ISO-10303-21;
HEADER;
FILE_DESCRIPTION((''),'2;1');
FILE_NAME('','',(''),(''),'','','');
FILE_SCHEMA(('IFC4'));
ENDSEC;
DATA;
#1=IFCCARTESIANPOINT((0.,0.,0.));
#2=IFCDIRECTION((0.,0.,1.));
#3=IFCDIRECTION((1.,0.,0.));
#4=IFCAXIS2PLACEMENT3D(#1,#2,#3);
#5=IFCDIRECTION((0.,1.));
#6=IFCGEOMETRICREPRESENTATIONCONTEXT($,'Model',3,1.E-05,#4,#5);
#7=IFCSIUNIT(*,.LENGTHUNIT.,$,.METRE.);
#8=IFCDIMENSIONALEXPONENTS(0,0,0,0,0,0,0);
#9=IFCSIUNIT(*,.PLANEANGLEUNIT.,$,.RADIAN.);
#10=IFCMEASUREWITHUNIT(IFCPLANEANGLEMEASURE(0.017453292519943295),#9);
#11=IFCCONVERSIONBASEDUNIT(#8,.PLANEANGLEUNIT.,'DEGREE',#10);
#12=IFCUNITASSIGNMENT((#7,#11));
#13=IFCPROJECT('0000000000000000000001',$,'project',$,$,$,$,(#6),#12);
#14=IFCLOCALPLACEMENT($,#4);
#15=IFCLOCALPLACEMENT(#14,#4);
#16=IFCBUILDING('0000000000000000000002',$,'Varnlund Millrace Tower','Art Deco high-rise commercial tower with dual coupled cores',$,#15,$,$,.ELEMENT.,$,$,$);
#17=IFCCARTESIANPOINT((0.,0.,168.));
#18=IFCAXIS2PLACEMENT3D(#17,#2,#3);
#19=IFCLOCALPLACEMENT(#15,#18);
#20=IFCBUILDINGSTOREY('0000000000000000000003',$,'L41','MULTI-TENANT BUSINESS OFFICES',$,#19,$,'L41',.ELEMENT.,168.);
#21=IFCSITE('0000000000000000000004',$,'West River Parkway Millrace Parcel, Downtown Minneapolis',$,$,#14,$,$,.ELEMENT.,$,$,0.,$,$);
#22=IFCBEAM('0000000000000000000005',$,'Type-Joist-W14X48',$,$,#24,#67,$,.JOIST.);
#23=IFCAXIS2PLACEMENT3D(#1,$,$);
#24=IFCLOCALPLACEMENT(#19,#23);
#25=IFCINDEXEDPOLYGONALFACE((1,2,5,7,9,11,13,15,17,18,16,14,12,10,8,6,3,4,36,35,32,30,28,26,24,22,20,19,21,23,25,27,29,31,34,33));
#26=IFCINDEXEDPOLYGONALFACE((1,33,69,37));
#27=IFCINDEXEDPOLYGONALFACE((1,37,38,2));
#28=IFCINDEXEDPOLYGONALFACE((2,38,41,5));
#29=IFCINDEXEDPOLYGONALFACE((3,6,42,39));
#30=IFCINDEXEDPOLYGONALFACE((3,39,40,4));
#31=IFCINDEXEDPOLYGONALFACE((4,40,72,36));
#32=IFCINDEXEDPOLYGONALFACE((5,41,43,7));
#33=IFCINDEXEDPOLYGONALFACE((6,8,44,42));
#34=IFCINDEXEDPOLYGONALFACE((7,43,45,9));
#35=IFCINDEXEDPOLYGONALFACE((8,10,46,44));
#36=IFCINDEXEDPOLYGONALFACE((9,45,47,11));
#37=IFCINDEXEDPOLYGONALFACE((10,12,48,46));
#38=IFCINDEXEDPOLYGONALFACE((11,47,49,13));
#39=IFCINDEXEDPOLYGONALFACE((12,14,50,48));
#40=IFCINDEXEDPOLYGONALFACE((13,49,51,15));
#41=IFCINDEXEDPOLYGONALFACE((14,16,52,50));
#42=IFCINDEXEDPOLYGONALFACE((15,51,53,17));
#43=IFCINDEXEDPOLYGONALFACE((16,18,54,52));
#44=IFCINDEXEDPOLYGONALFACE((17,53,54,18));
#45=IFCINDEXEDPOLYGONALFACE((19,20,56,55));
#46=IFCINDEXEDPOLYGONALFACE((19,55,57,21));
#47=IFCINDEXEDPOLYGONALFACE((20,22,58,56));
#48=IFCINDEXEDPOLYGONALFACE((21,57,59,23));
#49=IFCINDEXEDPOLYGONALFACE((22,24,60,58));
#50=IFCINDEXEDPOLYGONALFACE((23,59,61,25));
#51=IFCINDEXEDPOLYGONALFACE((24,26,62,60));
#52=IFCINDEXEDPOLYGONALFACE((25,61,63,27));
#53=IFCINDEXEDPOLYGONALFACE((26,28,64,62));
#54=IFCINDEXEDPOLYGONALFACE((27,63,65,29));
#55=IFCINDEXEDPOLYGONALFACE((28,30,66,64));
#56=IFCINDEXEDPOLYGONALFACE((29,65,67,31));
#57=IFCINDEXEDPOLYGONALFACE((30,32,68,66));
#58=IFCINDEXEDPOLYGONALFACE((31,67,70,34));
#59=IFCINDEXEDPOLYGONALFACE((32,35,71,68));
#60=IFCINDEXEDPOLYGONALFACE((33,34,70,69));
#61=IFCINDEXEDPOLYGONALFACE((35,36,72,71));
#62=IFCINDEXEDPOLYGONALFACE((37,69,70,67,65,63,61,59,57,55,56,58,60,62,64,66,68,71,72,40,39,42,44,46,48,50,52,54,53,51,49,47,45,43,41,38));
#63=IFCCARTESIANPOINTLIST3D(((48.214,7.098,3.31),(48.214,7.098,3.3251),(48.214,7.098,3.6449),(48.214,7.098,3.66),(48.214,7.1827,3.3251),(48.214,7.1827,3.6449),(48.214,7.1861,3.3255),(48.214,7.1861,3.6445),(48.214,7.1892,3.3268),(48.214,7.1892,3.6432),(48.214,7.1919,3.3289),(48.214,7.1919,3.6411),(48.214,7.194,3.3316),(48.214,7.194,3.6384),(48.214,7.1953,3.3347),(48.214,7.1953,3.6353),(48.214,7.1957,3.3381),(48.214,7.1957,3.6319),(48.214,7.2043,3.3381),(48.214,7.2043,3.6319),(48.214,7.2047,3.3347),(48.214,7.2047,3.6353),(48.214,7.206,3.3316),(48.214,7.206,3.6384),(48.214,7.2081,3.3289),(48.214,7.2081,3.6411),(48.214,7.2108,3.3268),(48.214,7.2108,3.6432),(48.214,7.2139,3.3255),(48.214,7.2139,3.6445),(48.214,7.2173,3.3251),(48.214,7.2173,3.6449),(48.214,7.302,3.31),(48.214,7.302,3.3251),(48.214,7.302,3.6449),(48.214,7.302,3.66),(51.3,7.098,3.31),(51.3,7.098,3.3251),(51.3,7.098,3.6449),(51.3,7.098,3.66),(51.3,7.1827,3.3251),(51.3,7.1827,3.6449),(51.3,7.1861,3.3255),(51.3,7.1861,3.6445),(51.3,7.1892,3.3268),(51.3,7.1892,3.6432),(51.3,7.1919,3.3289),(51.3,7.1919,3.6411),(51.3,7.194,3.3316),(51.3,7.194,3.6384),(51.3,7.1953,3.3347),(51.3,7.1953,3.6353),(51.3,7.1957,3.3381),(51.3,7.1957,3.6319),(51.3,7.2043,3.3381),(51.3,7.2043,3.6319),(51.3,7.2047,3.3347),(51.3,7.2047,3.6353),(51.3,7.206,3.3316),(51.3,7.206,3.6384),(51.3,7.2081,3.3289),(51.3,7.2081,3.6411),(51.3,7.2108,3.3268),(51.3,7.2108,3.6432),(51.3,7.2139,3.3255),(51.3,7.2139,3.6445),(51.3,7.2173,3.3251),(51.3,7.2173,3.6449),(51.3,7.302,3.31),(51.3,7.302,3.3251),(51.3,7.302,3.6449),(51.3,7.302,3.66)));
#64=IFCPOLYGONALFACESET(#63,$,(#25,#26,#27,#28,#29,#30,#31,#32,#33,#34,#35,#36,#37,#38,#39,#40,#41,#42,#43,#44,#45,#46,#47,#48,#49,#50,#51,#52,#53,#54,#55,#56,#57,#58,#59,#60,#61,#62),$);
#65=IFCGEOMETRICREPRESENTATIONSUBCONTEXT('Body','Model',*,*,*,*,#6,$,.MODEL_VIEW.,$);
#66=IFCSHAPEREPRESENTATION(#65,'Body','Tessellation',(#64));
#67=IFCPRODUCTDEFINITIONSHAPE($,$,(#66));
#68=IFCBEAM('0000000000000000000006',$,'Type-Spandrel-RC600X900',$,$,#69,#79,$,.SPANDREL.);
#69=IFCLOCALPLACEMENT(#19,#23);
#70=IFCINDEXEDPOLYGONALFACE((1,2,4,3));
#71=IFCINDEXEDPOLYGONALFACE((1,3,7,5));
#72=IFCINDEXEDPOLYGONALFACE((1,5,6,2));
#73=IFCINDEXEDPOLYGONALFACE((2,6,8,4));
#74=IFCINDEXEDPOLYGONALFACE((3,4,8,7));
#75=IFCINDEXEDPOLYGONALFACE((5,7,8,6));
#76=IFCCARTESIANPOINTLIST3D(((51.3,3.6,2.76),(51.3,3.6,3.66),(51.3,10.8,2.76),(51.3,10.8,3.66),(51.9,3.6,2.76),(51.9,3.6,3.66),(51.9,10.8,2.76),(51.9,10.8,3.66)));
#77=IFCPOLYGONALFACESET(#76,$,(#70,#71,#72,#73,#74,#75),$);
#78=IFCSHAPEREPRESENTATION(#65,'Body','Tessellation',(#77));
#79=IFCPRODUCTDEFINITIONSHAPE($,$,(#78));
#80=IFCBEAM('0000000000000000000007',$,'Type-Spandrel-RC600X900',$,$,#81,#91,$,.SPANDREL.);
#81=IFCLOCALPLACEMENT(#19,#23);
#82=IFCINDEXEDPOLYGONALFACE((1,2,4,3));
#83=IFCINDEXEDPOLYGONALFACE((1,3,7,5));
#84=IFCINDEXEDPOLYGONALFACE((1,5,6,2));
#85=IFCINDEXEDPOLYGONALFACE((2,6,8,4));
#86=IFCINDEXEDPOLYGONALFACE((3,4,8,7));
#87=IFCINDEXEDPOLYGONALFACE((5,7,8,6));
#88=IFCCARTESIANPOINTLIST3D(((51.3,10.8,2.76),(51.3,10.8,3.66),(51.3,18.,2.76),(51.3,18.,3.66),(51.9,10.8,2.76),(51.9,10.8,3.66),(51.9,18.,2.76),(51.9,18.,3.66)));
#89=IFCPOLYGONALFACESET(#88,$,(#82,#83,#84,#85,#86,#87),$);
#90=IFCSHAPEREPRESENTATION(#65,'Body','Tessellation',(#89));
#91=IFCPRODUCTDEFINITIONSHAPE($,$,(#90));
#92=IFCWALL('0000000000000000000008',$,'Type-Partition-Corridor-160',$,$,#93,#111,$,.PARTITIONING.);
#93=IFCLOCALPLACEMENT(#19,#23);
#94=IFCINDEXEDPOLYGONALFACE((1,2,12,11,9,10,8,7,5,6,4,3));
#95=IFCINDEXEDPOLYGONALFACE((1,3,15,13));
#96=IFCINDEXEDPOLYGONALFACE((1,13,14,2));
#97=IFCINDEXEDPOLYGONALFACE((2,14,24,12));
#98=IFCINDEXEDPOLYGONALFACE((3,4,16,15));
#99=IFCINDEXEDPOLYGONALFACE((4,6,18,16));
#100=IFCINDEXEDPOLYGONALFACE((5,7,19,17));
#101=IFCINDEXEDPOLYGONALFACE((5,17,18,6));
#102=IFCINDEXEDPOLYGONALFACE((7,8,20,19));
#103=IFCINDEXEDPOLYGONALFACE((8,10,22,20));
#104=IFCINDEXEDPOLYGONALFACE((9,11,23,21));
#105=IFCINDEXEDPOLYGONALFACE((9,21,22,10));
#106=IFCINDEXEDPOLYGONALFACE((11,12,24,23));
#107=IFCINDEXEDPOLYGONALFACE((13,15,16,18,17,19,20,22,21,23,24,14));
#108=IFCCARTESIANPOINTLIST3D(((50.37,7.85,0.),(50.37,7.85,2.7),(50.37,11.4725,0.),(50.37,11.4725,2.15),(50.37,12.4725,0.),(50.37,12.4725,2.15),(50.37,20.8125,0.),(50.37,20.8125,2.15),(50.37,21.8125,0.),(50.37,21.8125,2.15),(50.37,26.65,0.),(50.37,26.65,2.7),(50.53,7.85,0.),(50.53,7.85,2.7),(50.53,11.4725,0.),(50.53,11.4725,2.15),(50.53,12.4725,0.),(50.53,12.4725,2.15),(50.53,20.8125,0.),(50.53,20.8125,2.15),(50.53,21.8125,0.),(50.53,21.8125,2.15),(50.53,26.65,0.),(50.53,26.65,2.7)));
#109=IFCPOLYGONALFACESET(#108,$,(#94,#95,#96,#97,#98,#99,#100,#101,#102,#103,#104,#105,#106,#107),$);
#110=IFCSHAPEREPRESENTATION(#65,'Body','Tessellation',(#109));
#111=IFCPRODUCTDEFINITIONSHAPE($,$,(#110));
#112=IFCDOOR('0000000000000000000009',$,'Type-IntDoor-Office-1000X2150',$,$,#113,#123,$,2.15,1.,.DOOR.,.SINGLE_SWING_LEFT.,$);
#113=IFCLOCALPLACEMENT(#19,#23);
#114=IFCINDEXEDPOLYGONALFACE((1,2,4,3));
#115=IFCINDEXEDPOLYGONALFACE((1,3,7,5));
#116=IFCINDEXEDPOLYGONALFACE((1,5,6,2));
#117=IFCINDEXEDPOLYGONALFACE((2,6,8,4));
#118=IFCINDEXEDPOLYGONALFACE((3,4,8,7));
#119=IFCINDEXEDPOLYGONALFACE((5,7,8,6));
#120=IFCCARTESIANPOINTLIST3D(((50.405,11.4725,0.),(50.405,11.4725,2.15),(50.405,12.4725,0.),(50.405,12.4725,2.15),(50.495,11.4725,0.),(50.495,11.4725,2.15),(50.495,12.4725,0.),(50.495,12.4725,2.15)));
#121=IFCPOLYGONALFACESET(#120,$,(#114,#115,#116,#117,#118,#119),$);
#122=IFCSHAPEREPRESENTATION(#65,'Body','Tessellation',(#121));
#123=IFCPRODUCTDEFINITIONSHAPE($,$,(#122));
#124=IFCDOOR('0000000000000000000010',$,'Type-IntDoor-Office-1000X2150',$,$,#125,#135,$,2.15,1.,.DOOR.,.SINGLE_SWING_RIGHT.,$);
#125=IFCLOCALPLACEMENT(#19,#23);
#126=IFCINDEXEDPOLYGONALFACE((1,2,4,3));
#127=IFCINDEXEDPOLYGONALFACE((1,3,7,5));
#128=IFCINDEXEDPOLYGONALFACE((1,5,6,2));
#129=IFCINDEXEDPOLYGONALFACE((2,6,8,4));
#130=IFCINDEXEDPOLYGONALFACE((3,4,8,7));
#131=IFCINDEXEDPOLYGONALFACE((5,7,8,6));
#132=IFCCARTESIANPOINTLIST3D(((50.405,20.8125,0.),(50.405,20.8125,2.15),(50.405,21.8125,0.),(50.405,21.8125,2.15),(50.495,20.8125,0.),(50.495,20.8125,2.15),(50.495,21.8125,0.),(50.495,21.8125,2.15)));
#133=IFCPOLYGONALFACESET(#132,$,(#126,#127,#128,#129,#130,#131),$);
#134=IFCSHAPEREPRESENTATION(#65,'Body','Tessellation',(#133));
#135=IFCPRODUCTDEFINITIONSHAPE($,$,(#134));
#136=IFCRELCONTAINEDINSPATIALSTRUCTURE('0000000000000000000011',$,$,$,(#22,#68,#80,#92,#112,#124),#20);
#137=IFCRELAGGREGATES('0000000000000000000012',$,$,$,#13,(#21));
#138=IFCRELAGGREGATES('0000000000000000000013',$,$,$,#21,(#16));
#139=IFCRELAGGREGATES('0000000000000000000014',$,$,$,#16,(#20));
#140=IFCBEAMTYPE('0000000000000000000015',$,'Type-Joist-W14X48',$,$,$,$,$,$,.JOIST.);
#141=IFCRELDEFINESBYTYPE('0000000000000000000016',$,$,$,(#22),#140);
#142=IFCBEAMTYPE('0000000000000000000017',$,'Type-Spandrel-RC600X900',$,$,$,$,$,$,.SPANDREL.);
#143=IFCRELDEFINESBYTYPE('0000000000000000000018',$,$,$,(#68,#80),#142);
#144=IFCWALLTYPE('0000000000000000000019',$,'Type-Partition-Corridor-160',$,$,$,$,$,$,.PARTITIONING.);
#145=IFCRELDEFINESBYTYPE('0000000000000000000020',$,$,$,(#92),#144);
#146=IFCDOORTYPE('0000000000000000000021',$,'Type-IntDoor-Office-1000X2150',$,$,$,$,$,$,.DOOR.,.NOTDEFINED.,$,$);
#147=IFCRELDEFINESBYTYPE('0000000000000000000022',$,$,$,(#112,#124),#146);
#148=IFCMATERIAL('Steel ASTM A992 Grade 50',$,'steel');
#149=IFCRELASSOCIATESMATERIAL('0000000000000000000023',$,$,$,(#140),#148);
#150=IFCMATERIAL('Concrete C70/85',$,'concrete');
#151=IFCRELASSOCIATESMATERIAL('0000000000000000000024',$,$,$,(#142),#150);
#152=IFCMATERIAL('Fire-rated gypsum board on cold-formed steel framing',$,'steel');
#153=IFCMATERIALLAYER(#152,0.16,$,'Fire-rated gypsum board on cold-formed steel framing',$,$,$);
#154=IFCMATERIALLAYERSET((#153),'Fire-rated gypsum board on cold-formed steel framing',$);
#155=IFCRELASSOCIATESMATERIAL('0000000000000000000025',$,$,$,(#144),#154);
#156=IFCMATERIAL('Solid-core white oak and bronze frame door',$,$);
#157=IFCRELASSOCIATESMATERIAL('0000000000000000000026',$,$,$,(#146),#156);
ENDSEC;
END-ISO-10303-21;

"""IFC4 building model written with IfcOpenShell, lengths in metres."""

from ifc_helpers import new_model, entity, si_unit, converted_unit, direction, frame, origin_with_axes, origin_2d_with_axis, place, context, subcontext, project, spatial, polyline, rectangle, i_section, outline, extrude, material, layer, layer_set, material_profile, profile_set, type_object, element, fill, save


model = new_model("IFC4")

# Units and contexts
model_context = context("Model", 3, precision=1e-05, world=origin_with_axes(), true_north=direction((0.0, 1.0)))
body_context = subcontext(model_context, "Body", "Model", "MODEL_VIEW")
ifc_project = project(units=[si_unit("LENGTHUNIT", "METRE"), converted_unit("PLANEANGLEUNIT", "DEGREE", entity("IfcPlaneAngleMeasure", 0.017453292519943295), si_unit("PLANEANGLEUNIT", "RADIAN"), dimensions=[0, 0, 0, 0, 0, 0, 0])], contexts=[model_context])

# Site, building, storey
site_placement = place(None, origin_with_axes())
site = spatial("IfcSite", under=ifc_project, at=site_placement, Name="West River Parkway Millrace Parcel, Downtown Minneapolis", CompositionType="ELEMENT", RefElevation=0.0)
building_placement = place(site_placement, origin_with_axes())
building = spatial("IfcBuilding", under=site, at=building_placement, Name="Varnlund Millrace Tower", Description="Art Deco high-rise commercial tower with dual coupled cores", CompositionType="ELEMENT")
storey_placement = place(building_placement, frame((0.0, 0.0, 168.0), z_axis=(0.0, 0.0, 1.0), x_axis=(1.0, 0.0, 0.0)))
storey = spatial("IfcBuildingStorey", under=building, at=storey_placement, Name="L41", Description="MULTI-TENANT BUSINESS OFFICES", LongName="L41", CompositionType="ELEMENT", Elevation=168.0)

# Beams
ifc_material_1 = material(Name="Steel ASTM A992 Grade 50", Category="steel")
ifc_material_profile_1 = material_profile(ifc_material_1, i_section(OverallWidth=0.204, OverallDepth=0.35, WebThickness=0.0086, FlangeThickness=0.0151, FilletRadius=0.013, at=origin_2d_with_axis()), Name="Steel ASTM A992 Grade 50")
ifc_profile_set_1 = profile_set([ifc_material_profile_1], Name="Steel ASTM A992 Grade 50")
beam_type_1 = type_object("IfcBeamType", Name="Type-Joist-W14X48", PredefinedType="JOIST", material=ifc_profile_set_1)
beam_1_placement = place(storey_placement, frame((48.214, 7.2, 3.485), z_axis=(1.0, 0.0, 0.0), x_axis=(0.0, 1.0, 0.0)))
element("IfcBeam", 1, at=beam_1_placement, inside=storey, type_object=beam_type_1, Name="Type-Joist-W14X48", PredefinedType="JOIST", context=body_context, shape_type="SweptSolid", body=[
    extrude(i_section(OverallWidth=0.204, OverallDepth=0.35, WebThickness=0.0086, FlangeThickness=0.0151, FilletRadius=0.013, at=origin_2d_with_axis()), origin_with_axes(), (0.0, 0.0, 1.0), 3.086),
])
ifc_material_2 = material(Name="Concrete C70/85", Category="concrete")
ifc_material_profile_2 = material_profile(ifc_material_2, rectangle(XDim=0.6, YDim=0.9, at=origin_2d_with_axis()), Name="Concrete C70/85")
ifc_profile_set_2 = profile_set([ifc_material_profile_2], Name="Concrete C70/85")
beam_type_2 = type_object("IfcBeamType", Name="Type-Spandrel-RC600X900", PredefinedType="SPANDREL", material=ifc_profile_set_2)
for number, where, z_axis, x_axis, name in (
    (2, (51.6, 3.6, 3.21), (0.0, 1.0, 0.0), (-1.0, 0.0, 0.0), "Type-Spandrel-RC600X900"),
    (3, (51.6, 10.8, 3.21), (0.0, 1.0, 0.0), (-1.0, 0.0, 0.0), "Type-Spandrel-RC600X900"),
):
    element("IfcBeam", number, at=place(storey_placement, frame(where, z_axis=z_axis, x_axis=x_axis)), inside=storey, type_object=beam_type_2, Name=name, PredefinedType="SPANDREL", context=body_context, shape_type="SweptSolid", body=[
        extrude(rectangle(XDim=0.6, YDim=0.9, at=origin_2d_with_axis()), origin_with_axes(), (0.0, 0.0, 1.0), 7.2),
    ])

# Wall, openings, doors
ifc_material_3 = material(Name="Fire-rated gypsum board on cold-formed steel framing", Category="steel")
ifc_layer = layer(ifc_material_3, 0.16, Name="Fire-rated gypsum board on cold-formed steel framing")
ifc_layer_set = layer_set([ifc_layer], Name="Fire-rated gypsum board on cold-formed steel framing")
wall_type = type_object("IfcWallType", Name="Type-Partition-Corridor-160", PredefinedType="PARTITIONING", material=ifc_layer_set)
wall_placement = place(storey_placement, frame((50.45, 7.85, 0.0), z_axis=(0.0, 0.0, 1.0), x_axis=(0.0, 1.0, 0.0)))
wall = element("IfcWall", 4, at=wall_placement, inside=storey, type_object=wall_type, Name="Type-Partition-Corridor-160", PredefinedType="PARTITIONING", context=body_context, shape_type="SweptSolid", body=[
    extrude(outline(polyline([(0.0, -0.08), (18.8, -0.08), (18.8, 0.08), (0.0, 0.08), (0.0, -0.08)])), origin_with_axes(), (0.0, 0.0, 1.0), 2.7),
])
opening_1_placement = place(wall_placement, frame((4.1225, 0.0, 0.0), z_axis=(0.0, 0.0, 1.0), x_axis=(1.0, 0.0, 0.0)))
opening_1 = element("IfcOpeningElement", 5, at=opening_1_placement, cuts=wall, PredefinedType="OPENING", context=body_context, shape_type="SweptSolid", body=[
    extrude(rectangle(XDim=1.0, YDim=0.18, at=origin_2d_with_axis()), origin_with_axes(), (0.0, 0.0, 1.0), 2.15),
])
opening_2_placement = place(wall_placement, frame((13.4625, 0.0, 0.0), z_axis=(0.0, 0.0, 1.0), x_axis=(1.0, 0.0, 0.0)))
opening_2 = element("IfcOpeningElement", 6, at=opening_2_placement, cuts=wall, PredefinedType="OPENING", context=body_context, shape_type="SweptSolid", body=[
    extrude(rectangle(XDim=1.0, YDim=0.18, at=origin_2d_with_axis()), origin_with_axes(), (0.0, 0.0, 1.0), 2.15),
])
ifc_material_4 = material(Name="Solid-core white oak and bronze frame door")
door_type = type_object("IfcDoorType", Name="Type-IntDoor-Office-1000X2150", OperationType="NOTDEFINED", PredefinedType="DOOR", material=ifc_material_4)
door_1_placement = place(wall_placement, frame((4.1225, 0.0, 0.0), z_axis=(0.0, 0.0, 1.0), x_axis=(1.0, 0.0, 0.0)))
door_1 = element("IfcDoor", 7, at=door_1_placement, inside=storey, type_object=door_type, Name="Type-IntDoor-Office-1000X2150", OperationType="SINGLE_SWING_LEFT", OverallHeight=2.15, OverallWidth=1.0, PredefinedType="DOOR", context=body_context, shape_type="SweptSolid", body=[
    extrude(rectangle(XDim=1.0, YDim=0.09, at=origin_2d_with_axis()), origin_with_axes(), (0.0, 0.0, 1.0), 2.15),
])
fill(opening_1, door_1)
door_2_placement = place(wall_placement, frame((13.4625, 0.0, 0.0), z_axis=(0.0, 0.0, 1.0), x_axis=(1.0, 0.0, 0.0)))
door_2 = element("IfcDoor", 8, at=door_2_placement, inside=storey, type_object=door_type, Name="Type-IntDoor-Office-1000X2150", OperationType="SINGLE_SWING_RIGHT", OverallHeight=2.15, OverallWidth=1.0, PredefinedType="DOOR", context=body_context, shape_type="SweptSolid", body=[
    extrude(rectangle(XDim=1.0, YDim=0.09, at=origin_2d_with_axis()), origin_with_axes(), (0.0, 0.0, 1.0), 2.15),
])
fill(opening_2, door_2)

save(model, "model.ifc")
